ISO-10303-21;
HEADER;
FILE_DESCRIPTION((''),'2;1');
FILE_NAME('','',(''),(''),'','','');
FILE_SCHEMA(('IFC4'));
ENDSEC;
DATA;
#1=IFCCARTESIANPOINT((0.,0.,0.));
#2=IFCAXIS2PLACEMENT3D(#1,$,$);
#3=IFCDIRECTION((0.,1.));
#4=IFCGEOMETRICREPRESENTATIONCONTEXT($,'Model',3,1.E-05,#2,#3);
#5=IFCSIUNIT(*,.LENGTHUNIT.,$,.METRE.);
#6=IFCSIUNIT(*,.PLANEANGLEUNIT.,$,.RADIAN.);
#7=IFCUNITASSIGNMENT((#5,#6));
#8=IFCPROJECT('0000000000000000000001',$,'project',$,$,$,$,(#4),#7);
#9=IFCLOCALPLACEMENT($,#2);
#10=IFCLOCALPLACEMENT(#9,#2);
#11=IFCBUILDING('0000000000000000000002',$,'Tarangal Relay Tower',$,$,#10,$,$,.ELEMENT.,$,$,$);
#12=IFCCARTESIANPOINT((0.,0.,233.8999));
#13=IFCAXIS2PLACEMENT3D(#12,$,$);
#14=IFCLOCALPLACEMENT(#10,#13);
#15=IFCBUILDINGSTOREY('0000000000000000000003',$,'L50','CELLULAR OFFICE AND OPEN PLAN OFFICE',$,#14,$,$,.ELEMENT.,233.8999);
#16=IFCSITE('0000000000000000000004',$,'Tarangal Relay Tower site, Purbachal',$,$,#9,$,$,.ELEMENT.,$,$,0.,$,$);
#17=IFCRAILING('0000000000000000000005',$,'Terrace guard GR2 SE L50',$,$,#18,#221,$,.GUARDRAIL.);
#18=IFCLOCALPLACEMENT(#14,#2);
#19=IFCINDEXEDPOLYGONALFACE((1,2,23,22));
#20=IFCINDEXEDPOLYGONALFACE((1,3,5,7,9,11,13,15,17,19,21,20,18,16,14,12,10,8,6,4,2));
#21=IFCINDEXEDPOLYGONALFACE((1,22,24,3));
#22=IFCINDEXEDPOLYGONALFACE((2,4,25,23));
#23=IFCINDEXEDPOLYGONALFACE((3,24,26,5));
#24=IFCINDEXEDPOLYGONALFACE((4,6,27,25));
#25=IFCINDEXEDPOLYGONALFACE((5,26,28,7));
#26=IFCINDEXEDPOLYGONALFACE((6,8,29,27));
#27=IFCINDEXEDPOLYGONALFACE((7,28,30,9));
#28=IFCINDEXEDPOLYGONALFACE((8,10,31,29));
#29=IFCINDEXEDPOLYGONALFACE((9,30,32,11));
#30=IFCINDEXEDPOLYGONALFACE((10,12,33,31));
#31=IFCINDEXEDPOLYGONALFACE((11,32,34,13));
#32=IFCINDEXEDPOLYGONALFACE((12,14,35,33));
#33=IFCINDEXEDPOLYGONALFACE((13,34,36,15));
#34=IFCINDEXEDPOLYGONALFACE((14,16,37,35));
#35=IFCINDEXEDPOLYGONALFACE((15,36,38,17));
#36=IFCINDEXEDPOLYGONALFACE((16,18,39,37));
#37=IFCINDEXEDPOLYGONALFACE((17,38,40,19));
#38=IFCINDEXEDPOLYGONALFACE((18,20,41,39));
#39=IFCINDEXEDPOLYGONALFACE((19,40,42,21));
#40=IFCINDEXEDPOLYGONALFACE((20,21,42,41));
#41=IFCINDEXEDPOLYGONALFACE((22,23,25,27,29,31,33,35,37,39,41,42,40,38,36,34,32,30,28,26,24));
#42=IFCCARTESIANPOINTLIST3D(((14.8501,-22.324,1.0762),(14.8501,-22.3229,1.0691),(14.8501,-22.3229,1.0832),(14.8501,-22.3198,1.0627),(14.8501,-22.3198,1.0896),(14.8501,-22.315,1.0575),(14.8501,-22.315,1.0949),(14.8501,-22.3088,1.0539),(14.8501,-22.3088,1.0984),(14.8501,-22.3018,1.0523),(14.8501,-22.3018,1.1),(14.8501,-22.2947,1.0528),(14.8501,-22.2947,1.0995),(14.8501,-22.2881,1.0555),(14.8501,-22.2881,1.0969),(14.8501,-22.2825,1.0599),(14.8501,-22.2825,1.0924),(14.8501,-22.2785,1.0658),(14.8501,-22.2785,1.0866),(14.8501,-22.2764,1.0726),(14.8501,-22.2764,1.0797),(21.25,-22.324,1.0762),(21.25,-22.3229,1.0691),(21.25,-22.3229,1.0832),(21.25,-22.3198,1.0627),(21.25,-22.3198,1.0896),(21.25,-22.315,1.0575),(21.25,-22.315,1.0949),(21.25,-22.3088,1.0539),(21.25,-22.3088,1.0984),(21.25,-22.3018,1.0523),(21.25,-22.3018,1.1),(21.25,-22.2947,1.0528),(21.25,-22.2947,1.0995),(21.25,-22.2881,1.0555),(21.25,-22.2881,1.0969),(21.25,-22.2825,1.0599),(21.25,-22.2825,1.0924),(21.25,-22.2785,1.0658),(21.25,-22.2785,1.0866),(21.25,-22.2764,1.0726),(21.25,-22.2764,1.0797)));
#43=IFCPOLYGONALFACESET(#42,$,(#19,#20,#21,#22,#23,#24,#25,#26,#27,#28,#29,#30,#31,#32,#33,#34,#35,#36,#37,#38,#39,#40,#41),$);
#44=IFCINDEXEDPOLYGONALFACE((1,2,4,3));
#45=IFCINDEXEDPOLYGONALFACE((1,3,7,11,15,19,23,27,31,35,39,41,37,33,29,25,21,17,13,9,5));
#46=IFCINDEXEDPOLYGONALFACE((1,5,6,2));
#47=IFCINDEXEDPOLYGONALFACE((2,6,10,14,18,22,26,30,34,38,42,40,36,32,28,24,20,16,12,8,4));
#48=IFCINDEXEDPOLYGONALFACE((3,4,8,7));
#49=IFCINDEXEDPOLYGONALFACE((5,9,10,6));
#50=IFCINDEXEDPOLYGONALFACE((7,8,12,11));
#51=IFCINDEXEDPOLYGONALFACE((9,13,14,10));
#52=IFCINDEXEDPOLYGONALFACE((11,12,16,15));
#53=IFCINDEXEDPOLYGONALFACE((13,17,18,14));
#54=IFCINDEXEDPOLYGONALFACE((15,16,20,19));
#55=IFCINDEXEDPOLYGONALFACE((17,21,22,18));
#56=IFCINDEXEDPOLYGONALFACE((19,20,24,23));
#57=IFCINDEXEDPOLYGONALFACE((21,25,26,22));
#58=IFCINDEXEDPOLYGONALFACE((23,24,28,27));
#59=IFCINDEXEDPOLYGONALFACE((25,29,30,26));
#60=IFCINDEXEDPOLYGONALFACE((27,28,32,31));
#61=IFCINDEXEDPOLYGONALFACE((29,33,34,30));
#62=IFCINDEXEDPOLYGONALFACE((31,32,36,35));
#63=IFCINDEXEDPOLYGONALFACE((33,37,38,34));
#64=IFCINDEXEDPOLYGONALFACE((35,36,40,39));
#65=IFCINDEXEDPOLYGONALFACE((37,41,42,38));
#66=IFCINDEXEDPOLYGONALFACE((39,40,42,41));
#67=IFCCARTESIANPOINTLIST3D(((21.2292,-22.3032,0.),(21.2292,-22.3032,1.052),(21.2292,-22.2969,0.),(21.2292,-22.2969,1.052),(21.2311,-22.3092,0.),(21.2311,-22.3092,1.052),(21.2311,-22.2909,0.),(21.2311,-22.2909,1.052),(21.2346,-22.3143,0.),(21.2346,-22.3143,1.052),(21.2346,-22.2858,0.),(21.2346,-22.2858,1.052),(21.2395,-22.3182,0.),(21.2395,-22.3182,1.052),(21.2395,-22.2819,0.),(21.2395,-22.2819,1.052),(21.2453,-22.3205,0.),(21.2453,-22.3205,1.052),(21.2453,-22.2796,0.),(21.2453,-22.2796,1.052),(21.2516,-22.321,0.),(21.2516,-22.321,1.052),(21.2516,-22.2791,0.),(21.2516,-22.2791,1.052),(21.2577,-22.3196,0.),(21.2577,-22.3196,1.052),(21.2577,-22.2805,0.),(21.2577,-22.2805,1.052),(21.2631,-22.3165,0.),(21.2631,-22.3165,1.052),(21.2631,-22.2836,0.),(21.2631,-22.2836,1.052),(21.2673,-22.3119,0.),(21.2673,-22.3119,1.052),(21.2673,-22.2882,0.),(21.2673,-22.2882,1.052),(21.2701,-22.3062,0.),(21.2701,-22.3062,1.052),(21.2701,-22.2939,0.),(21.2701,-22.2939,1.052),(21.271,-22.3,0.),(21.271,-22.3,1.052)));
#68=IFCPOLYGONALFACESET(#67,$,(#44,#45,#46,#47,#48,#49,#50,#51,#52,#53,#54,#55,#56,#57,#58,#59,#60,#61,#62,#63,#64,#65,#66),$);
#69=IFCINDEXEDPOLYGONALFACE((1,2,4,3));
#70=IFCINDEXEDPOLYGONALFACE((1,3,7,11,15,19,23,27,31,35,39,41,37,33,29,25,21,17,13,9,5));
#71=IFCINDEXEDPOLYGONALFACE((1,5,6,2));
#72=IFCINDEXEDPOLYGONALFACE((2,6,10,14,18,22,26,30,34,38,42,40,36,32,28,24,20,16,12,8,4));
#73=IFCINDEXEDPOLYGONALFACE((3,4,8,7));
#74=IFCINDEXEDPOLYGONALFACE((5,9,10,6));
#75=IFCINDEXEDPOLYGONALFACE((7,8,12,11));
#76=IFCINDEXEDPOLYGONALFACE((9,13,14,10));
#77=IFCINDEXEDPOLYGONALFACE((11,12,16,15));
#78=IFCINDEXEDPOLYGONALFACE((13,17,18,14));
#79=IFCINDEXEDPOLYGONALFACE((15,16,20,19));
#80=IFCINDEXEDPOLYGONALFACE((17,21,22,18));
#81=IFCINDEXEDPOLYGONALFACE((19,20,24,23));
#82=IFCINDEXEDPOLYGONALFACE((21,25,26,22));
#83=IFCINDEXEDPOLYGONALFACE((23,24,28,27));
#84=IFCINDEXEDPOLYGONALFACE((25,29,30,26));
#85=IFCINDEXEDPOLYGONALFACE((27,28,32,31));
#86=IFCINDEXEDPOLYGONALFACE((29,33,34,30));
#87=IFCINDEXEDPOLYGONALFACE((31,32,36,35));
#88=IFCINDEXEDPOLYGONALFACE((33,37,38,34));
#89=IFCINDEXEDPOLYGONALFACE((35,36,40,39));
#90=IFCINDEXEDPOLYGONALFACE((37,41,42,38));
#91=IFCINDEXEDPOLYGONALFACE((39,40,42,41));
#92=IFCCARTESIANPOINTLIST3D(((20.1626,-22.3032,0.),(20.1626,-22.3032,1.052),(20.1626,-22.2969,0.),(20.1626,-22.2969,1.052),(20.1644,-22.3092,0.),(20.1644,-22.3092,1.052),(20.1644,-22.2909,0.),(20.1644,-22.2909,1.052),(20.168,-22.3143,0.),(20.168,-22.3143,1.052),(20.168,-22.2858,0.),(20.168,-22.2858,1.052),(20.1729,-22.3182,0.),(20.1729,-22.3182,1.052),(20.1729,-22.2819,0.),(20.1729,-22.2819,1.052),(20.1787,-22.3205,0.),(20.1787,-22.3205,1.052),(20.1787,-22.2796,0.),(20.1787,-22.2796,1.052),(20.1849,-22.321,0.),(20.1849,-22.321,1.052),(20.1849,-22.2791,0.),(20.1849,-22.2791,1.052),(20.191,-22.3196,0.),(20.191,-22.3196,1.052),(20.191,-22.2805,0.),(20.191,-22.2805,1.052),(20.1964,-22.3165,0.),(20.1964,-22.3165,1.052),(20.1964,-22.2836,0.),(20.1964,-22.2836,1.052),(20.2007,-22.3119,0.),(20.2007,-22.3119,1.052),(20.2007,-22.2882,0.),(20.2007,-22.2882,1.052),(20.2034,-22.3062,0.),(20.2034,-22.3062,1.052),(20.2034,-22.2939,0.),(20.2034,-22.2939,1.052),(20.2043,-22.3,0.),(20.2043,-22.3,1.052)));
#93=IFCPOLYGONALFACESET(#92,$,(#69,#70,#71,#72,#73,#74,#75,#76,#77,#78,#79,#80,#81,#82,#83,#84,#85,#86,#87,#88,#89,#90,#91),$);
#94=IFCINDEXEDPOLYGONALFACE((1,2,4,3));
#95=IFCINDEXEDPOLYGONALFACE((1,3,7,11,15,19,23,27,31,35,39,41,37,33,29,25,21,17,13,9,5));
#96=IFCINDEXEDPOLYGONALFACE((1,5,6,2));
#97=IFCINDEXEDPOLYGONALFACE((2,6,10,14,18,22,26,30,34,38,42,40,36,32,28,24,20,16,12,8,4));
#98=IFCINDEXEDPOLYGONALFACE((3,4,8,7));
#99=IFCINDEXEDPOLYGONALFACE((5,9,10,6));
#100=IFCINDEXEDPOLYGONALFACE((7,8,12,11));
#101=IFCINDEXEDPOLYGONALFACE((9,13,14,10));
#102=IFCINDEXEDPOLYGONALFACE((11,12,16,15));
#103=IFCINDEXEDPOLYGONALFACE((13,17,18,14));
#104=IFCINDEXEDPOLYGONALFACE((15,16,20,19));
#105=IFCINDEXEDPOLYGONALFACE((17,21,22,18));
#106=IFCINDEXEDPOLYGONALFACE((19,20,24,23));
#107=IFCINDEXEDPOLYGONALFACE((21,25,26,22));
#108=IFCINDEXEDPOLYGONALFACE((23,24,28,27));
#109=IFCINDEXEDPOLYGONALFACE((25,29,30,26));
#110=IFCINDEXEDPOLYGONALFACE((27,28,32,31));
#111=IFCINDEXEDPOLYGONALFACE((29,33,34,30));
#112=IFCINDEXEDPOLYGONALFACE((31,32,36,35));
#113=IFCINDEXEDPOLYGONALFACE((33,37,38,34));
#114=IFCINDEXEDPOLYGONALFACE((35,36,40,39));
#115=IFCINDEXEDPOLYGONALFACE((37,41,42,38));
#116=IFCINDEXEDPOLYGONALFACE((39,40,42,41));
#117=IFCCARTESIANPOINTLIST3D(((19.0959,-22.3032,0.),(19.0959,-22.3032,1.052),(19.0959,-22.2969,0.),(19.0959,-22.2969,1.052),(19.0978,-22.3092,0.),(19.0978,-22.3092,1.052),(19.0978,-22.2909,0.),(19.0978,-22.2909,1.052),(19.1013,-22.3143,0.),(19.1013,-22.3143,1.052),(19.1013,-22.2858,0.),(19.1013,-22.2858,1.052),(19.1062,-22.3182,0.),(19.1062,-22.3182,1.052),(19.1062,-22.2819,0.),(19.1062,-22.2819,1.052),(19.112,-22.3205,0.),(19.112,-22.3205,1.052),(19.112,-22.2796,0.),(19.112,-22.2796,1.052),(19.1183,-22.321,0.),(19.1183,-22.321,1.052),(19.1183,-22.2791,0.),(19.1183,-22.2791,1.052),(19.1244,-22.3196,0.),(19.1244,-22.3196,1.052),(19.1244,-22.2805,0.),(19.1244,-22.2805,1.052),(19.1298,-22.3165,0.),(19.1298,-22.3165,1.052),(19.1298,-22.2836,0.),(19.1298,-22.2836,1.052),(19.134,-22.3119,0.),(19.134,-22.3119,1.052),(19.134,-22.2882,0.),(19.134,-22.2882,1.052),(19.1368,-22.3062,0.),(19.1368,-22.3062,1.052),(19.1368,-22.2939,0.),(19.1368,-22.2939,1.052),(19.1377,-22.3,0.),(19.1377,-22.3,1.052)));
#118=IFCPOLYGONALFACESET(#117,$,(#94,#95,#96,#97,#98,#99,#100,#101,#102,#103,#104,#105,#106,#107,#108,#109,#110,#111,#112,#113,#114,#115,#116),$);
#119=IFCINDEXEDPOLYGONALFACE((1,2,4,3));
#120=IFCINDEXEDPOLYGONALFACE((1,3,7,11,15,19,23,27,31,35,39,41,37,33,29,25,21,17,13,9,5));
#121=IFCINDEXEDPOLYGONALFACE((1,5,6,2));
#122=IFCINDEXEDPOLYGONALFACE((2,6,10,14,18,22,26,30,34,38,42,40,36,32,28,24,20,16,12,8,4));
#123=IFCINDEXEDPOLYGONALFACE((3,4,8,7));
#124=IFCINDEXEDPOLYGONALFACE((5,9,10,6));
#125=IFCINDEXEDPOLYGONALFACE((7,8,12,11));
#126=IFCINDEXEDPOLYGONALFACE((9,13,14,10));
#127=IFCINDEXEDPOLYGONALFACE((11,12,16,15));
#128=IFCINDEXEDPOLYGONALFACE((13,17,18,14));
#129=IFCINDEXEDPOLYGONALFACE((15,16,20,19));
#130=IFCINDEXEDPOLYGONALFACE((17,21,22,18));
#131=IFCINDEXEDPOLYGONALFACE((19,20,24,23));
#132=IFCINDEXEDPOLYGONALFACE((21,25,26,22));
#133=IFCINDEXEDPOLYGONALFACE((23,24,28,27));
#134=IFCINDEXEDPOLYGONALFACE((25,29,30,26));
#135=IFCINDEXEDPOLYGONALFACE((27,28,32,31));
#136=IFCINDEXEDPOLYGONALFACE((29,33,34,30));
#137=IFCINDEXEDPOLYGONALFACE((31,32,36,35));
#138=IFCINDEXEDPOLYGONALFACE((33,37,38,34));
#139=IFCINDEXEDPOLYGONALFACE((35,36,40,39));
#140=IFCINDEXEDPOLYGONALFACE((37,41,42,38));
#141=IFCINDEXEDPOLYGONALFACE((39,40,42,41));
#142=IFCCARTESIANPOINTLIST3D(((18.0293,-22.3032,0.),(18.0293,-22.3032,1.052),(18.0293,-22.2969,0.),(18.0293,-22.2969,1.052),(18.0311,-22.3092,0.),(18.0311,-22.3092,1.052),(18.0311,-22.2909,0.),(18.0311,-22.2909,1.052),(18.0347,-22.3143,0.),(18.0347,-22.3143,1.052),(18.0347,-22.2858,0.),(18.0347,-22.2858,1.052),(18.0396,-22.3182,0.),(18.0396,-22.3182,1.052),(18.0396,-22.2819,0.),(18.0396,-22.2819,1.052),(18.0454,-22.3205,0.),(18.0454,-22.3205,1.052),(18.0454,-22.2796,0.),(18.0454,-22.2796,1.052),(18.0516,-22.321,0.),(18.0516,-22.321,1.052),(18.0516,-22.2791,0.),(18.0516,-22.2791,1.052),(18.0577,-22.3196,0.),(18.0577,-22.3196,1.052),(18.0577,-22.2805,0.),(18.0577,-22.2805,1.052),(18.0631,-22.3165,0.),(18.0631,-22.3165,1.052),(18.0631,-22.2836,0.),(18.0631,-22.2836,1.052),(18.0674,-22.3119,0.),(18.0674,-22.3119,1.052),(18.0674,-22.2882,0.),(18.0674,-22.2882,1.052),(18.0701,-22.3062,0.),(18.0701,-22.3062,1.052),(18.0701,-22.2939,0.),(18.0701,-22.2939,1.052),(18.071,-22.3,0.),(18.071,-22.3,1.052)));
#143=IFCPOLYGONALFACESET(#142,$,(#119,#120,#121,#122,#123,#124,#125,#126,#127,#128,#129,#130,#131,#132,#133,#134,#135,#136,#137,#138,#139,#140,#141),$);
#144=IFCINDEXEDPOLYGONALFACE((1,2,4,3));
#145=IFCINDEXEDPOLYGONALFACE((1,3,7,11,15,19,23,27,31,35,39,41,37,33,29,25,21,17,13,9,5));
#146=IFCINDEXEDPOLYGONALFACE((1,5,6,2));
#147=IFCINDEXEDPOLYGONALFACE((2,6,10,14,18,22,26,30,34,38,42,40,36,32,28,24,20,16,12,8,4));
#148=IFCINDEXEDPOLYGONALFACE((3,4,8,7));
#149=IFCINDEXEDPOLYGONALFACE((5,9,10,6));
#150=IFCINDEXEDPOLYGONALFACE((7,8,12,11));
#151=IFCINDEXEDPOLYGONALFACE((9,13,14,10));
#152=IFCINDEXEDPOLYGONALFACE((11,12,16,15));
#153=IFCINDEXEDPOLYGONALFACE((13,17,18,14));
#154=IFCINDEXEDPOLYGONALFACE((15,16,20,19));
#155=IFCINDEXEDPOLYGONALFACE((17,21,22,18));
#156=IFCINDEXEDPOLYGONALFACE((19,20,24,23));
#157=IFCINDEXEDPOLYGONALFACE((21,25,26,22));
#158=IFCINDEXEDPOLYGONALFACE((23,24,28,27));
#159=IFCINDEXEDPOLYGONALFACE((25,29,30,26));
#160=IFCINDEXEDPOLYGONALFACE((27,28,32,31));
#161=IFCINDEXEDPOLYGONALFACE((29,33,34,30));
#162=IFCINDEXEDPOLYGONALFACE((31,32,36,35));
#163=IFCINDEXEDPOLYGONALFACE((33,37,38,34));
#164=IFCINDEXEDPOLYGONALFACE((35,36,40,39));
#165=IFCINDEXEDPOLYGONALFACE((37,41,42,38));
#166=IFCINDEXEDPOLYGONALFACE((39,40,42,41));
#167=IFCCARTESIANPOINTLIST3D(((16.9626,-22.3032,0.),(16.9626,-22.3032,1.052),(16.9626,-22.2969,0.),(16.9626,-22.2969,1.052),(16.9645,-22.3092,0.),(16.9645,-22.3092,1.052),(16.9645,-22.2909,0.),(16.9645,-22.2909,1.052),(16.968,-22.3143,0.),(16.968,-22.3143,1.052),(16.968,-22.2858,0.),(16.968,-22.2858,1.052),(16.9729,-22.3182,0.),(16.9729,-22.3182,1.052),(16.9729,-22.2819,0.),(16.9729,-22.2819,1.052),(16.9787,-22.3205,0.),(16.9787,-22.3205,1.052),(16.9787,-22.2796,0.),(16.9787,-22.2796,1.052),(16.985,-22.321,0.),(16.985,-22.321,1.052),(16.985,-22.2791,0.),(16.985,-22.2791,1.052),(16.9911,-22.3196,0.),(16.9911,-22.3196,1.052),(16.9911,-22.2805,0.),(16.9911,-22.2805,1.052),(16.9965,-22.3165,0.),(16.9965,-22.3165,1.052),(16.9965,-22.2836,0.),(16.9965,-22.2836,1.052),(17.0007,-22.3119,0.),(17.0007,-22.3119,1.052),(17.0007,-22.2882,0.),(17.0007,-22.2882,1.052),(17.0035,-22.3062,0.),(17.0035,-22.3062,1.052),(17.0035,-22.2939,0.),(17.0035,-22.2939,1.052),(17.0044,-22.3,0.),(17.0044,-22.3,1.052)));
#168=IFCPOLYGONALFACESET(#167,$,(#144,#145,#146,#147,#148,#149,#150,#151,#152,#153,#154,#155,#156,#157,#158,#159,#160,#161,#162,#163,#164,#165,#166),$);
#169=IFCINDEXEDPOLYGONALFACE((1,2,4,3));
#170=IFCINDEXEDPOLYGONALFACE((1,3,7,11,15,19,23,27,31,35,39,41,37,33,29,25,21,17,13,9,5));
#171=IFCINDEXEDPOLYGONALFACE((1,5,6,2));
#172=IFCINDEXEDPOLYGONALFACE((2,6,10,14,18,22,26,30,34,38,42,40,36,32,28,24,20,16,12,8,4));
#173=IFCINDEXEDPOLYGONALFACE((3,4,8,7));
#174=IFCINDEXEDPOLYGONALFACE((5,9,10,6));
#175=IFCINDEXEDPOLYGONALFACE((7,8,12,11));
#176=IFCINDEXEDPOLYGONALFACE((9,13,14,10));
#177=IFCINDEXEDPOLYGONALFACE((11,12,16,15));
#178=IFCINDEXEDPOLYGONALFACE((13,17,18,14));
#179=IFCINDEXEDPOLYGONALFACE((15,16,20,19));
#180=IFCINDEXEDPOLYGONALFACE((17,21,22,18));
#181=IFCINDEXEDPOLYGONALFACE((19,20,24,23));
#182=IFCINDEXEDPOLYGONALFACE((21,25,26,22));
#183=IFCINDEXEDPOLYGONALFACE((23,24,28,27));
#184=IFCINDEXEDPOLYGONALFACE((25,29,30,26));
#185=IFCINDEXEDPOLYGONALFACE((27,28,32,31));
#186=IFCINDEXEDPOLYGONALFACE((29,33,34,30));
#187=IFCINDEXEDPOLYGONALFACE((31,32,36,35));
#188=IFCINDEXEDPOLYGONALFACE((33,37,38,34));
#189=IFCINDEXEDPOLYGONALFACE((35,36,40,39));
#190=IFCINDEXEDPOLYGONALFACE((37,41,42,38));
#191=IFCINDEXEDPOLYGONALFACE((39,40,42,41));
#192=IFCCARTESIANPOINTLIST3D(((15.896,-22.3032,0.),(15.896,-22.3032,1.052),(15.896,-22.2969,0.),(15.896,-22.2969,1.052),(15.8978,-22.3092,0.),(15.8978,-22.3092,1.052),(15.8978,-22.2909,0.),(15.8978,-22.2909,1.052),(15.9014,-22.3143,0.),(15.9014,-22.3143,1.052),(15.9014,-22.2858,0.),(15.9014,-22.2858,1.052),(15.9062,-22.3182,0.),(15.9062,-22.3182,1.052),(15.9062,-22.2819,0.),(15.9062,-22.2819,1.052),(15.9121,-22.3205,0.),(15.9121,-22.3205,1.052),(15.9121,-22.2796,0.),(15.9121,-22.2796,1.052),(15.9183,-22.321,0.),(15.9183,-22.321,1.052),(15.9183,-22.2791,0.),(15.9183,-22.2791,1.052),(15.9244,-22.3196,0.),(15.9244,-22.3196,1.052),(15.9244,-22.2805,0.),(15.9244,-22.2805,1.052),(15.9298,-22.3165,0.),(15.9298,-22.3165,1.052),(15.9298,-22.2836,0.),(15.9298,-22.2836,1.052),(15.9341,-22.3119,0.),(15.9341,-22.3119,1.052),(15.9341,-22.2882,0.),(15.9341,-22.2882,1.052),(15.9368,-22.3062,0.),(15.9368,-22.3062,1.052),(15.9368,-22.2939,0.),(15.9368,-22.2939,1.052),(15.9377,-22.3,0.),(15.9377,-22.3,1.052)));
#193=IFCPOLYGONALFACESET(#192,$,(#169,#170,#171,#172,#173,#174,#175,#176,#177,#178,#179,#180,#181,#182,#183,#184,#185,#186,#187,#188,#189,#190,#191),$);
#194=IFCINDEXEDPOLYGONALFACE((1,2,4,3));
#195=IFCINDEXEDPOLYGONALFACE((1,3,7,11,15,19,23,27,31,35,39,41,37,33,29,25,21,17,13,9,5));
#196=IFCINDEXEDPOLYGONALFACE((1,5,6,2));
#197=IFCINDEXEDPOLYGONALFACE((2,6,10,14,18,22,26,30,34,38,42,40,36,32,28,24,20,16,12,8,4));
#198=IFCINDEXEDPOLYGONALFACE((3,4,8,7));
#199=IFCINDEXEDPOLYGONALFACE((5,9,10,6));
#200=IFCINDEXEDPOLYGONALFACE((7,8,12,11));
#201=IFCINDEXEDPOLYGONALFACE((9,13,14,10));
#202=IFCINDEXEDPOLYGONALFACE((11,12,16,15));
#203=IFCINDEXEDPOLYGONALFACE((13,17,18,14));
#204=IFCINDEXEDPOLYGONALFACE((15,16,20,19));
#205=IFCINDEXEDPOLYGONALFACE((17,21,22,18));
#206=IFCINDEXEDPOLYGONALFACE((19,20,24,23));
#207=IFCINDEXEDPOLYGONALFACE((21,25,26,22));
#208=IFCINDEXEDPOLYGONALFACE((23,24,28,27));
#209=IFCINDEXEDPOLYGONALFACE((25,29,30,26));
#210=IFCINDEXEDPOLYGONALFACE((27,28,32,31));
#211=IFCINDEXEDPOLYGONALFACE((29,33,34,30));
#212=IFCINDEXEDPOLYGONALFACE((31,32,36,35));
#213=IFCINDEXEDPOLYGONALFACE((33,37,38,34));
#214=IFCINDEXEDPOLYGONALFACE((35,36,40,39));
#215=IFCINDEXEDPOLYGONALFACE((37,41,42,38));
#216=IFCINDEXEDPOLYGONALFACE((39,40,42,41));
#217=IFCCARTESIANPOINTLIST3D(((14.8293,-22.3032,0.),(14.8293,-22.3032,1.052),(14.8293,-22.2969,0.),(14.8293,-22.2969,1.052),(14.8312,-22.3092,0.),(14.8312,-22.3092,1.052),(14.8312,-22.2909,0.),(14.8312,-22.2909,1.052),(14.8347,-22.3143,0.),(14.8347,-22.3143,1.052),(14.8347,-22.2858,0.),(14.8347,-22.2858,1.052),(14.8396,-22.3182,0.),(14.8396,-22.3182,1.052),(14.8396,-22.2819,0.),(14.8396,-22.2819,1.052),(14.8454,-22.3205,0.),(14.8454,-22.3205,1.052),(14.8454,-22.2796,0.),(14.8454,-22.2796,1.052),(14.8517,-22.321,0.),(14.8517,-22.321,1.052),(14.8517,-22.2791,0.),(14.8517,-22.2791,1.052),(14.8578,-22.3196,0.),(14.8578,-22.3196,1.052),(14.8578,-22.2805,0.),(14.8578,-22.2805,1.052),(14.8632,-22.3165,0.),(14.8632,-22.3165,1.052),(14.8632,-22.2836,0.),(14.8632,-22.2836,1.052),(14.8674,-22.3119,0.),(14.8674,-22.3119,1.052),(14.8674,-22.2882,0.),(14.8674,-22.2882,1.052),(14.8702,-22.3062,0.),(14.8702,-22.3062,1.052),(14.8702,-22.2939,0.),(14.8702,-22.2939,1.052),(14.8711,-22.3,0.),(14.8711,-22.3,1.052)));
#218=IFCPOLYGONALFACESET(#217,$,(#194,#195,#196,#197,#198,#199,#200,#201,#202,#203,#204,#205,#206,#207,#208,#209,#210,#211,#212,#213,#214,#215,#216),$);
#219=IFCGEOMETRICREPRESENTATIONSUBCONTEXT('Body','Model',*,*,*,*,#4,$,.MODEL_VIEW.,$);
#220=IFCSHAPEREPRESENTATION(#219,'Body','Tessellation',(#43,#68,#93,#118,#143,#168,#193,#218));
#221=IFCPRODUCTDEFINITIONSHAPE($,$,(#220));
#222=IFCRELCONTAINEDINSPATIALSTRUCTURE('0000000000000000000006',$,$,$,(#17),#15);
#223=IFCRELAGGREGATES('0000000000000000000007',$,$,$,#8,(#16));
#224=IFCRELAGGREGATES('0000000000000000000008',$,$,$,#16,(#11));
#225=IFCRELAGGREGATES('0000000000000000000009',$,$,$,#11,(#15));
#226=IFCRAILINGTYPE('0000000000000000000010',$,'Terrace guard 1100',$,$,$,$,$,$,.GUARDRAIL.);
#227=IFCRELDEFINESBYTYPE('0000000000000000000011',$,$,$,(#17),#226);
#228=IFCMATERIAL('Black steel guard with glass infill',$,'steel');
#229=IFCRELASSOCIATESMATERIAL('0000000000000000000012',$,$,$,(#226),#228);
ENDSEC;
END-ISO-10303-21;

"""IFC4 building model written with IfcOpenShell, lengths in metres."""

from ifc_helpers import new_model, si_unit, direction, frame, origin, origin_2d, place, context, subcontext, project, spatial, circle, extrude, material, type_object, element, save


model = new_model("IFC4")

# Units and contexts
model_context = context("Model", 3, precision=1e-05, world=origin(), true_north=direction((0.0, 1.0)))
body_context = subcontext(model_context, "Body", "Model", "MODEL_VIEW")
ifc_project = project(units=[si_unit("LENGTHUNIT", "METRE"), si_unit("PLANEANGLEUNIT", "RADIAN")], contexts=[model_context])

# Site, building, storey
site_placement = place(None, origin())
site = spatial("IfcSite", under=ifc_project, at=site_placement, Name="Tarangal Relay Tower site, Purbachal", CompositionType="ELEMENT", RefElevation=0.0)
building_placement = place(site_placement, origin())
building = spatial("IfcBuilding", under=site, at=building_placement, Name="Tarangal Relay Tower", CompositionType="ELEMENT")
storey_placement = place(building_placement, frame((0.0, 0.0, 233.8999)))
storey = spatial("IfcBuildingStorey", under=building, at=storey_placement, Name="L50", Description="CELLULAR OFFICE AND OPEN PLAN OFFICE", CompositionType="ELEMENT", Elevation=233.8999)

# Railing
ifc_material_1 = material(Name="Black steel guard with glass infill", Category="steel")
railing_type = type_object("IfcRailingType", Name="Terrace guard 1100", PredefinedType="GUARDRAIL", material=ifc_material_1)
railing_1_placement = place(storey_placement, frame((21.25, -22.3, 0.0)))
element("IfcRailing", 1, at=railing_1_placement, inside=storey, type_object=railing_type, Name="Terrace guard GR2 SE L50", PredefinedType="GUARDRAIL", context=body_context, shape_type="SweptSolid", body=[
    extrude(circle(Radius=0.0239, at=origin_2d()), frame((0.0, 0.0, 1.0762), z_axis=(-1.0, 0.0, 0.0), x_axis=(0.0, -1.0, 0.0)), (0.0, 0.0, 1.0), 6.3999),
    extrude(circle(Radius=0.021, at=origin_2d()), origin(), (0.0, 0.0, 1.0), 1.052),
    extrude(circle(Radius=0.021, at=origin_2d()), frame((-1.0667, 0.0, 0.0)), (0.0, 0.0, 1.0), 1.052),
    extrude(circle(Radius=0.021, at=origin_2d()), frame((-2.1333, 0.0, 0.0)), (0.0, 0.0, 1.0), 1.052),
    extrude(circle(Radius=0.021, at=origin_2d()), frame((-3.2, 0.0, 0.0)), (0.0, 0.0, 1.0), 1.052),
    extrude(circle(Radius=0.021, at=origin_2d()), frame((-4.2666, 0.0, 0.0)), (0.0, 0.0, 1.0), 1.052),
    extrude(circle(Radius=0.021, at=origin_2d()), frame((-5.3333, 0.0, 0.0)), (0.0, 0.0, 1.0), 1.052),
    extrude(circle(Radius=0.021, at=origin_2d()), frame((-6.3999, 0.0, 0.0)), (0.0, 0.0, 1.0), 1.052),
])

save(model, "model.ifc")
